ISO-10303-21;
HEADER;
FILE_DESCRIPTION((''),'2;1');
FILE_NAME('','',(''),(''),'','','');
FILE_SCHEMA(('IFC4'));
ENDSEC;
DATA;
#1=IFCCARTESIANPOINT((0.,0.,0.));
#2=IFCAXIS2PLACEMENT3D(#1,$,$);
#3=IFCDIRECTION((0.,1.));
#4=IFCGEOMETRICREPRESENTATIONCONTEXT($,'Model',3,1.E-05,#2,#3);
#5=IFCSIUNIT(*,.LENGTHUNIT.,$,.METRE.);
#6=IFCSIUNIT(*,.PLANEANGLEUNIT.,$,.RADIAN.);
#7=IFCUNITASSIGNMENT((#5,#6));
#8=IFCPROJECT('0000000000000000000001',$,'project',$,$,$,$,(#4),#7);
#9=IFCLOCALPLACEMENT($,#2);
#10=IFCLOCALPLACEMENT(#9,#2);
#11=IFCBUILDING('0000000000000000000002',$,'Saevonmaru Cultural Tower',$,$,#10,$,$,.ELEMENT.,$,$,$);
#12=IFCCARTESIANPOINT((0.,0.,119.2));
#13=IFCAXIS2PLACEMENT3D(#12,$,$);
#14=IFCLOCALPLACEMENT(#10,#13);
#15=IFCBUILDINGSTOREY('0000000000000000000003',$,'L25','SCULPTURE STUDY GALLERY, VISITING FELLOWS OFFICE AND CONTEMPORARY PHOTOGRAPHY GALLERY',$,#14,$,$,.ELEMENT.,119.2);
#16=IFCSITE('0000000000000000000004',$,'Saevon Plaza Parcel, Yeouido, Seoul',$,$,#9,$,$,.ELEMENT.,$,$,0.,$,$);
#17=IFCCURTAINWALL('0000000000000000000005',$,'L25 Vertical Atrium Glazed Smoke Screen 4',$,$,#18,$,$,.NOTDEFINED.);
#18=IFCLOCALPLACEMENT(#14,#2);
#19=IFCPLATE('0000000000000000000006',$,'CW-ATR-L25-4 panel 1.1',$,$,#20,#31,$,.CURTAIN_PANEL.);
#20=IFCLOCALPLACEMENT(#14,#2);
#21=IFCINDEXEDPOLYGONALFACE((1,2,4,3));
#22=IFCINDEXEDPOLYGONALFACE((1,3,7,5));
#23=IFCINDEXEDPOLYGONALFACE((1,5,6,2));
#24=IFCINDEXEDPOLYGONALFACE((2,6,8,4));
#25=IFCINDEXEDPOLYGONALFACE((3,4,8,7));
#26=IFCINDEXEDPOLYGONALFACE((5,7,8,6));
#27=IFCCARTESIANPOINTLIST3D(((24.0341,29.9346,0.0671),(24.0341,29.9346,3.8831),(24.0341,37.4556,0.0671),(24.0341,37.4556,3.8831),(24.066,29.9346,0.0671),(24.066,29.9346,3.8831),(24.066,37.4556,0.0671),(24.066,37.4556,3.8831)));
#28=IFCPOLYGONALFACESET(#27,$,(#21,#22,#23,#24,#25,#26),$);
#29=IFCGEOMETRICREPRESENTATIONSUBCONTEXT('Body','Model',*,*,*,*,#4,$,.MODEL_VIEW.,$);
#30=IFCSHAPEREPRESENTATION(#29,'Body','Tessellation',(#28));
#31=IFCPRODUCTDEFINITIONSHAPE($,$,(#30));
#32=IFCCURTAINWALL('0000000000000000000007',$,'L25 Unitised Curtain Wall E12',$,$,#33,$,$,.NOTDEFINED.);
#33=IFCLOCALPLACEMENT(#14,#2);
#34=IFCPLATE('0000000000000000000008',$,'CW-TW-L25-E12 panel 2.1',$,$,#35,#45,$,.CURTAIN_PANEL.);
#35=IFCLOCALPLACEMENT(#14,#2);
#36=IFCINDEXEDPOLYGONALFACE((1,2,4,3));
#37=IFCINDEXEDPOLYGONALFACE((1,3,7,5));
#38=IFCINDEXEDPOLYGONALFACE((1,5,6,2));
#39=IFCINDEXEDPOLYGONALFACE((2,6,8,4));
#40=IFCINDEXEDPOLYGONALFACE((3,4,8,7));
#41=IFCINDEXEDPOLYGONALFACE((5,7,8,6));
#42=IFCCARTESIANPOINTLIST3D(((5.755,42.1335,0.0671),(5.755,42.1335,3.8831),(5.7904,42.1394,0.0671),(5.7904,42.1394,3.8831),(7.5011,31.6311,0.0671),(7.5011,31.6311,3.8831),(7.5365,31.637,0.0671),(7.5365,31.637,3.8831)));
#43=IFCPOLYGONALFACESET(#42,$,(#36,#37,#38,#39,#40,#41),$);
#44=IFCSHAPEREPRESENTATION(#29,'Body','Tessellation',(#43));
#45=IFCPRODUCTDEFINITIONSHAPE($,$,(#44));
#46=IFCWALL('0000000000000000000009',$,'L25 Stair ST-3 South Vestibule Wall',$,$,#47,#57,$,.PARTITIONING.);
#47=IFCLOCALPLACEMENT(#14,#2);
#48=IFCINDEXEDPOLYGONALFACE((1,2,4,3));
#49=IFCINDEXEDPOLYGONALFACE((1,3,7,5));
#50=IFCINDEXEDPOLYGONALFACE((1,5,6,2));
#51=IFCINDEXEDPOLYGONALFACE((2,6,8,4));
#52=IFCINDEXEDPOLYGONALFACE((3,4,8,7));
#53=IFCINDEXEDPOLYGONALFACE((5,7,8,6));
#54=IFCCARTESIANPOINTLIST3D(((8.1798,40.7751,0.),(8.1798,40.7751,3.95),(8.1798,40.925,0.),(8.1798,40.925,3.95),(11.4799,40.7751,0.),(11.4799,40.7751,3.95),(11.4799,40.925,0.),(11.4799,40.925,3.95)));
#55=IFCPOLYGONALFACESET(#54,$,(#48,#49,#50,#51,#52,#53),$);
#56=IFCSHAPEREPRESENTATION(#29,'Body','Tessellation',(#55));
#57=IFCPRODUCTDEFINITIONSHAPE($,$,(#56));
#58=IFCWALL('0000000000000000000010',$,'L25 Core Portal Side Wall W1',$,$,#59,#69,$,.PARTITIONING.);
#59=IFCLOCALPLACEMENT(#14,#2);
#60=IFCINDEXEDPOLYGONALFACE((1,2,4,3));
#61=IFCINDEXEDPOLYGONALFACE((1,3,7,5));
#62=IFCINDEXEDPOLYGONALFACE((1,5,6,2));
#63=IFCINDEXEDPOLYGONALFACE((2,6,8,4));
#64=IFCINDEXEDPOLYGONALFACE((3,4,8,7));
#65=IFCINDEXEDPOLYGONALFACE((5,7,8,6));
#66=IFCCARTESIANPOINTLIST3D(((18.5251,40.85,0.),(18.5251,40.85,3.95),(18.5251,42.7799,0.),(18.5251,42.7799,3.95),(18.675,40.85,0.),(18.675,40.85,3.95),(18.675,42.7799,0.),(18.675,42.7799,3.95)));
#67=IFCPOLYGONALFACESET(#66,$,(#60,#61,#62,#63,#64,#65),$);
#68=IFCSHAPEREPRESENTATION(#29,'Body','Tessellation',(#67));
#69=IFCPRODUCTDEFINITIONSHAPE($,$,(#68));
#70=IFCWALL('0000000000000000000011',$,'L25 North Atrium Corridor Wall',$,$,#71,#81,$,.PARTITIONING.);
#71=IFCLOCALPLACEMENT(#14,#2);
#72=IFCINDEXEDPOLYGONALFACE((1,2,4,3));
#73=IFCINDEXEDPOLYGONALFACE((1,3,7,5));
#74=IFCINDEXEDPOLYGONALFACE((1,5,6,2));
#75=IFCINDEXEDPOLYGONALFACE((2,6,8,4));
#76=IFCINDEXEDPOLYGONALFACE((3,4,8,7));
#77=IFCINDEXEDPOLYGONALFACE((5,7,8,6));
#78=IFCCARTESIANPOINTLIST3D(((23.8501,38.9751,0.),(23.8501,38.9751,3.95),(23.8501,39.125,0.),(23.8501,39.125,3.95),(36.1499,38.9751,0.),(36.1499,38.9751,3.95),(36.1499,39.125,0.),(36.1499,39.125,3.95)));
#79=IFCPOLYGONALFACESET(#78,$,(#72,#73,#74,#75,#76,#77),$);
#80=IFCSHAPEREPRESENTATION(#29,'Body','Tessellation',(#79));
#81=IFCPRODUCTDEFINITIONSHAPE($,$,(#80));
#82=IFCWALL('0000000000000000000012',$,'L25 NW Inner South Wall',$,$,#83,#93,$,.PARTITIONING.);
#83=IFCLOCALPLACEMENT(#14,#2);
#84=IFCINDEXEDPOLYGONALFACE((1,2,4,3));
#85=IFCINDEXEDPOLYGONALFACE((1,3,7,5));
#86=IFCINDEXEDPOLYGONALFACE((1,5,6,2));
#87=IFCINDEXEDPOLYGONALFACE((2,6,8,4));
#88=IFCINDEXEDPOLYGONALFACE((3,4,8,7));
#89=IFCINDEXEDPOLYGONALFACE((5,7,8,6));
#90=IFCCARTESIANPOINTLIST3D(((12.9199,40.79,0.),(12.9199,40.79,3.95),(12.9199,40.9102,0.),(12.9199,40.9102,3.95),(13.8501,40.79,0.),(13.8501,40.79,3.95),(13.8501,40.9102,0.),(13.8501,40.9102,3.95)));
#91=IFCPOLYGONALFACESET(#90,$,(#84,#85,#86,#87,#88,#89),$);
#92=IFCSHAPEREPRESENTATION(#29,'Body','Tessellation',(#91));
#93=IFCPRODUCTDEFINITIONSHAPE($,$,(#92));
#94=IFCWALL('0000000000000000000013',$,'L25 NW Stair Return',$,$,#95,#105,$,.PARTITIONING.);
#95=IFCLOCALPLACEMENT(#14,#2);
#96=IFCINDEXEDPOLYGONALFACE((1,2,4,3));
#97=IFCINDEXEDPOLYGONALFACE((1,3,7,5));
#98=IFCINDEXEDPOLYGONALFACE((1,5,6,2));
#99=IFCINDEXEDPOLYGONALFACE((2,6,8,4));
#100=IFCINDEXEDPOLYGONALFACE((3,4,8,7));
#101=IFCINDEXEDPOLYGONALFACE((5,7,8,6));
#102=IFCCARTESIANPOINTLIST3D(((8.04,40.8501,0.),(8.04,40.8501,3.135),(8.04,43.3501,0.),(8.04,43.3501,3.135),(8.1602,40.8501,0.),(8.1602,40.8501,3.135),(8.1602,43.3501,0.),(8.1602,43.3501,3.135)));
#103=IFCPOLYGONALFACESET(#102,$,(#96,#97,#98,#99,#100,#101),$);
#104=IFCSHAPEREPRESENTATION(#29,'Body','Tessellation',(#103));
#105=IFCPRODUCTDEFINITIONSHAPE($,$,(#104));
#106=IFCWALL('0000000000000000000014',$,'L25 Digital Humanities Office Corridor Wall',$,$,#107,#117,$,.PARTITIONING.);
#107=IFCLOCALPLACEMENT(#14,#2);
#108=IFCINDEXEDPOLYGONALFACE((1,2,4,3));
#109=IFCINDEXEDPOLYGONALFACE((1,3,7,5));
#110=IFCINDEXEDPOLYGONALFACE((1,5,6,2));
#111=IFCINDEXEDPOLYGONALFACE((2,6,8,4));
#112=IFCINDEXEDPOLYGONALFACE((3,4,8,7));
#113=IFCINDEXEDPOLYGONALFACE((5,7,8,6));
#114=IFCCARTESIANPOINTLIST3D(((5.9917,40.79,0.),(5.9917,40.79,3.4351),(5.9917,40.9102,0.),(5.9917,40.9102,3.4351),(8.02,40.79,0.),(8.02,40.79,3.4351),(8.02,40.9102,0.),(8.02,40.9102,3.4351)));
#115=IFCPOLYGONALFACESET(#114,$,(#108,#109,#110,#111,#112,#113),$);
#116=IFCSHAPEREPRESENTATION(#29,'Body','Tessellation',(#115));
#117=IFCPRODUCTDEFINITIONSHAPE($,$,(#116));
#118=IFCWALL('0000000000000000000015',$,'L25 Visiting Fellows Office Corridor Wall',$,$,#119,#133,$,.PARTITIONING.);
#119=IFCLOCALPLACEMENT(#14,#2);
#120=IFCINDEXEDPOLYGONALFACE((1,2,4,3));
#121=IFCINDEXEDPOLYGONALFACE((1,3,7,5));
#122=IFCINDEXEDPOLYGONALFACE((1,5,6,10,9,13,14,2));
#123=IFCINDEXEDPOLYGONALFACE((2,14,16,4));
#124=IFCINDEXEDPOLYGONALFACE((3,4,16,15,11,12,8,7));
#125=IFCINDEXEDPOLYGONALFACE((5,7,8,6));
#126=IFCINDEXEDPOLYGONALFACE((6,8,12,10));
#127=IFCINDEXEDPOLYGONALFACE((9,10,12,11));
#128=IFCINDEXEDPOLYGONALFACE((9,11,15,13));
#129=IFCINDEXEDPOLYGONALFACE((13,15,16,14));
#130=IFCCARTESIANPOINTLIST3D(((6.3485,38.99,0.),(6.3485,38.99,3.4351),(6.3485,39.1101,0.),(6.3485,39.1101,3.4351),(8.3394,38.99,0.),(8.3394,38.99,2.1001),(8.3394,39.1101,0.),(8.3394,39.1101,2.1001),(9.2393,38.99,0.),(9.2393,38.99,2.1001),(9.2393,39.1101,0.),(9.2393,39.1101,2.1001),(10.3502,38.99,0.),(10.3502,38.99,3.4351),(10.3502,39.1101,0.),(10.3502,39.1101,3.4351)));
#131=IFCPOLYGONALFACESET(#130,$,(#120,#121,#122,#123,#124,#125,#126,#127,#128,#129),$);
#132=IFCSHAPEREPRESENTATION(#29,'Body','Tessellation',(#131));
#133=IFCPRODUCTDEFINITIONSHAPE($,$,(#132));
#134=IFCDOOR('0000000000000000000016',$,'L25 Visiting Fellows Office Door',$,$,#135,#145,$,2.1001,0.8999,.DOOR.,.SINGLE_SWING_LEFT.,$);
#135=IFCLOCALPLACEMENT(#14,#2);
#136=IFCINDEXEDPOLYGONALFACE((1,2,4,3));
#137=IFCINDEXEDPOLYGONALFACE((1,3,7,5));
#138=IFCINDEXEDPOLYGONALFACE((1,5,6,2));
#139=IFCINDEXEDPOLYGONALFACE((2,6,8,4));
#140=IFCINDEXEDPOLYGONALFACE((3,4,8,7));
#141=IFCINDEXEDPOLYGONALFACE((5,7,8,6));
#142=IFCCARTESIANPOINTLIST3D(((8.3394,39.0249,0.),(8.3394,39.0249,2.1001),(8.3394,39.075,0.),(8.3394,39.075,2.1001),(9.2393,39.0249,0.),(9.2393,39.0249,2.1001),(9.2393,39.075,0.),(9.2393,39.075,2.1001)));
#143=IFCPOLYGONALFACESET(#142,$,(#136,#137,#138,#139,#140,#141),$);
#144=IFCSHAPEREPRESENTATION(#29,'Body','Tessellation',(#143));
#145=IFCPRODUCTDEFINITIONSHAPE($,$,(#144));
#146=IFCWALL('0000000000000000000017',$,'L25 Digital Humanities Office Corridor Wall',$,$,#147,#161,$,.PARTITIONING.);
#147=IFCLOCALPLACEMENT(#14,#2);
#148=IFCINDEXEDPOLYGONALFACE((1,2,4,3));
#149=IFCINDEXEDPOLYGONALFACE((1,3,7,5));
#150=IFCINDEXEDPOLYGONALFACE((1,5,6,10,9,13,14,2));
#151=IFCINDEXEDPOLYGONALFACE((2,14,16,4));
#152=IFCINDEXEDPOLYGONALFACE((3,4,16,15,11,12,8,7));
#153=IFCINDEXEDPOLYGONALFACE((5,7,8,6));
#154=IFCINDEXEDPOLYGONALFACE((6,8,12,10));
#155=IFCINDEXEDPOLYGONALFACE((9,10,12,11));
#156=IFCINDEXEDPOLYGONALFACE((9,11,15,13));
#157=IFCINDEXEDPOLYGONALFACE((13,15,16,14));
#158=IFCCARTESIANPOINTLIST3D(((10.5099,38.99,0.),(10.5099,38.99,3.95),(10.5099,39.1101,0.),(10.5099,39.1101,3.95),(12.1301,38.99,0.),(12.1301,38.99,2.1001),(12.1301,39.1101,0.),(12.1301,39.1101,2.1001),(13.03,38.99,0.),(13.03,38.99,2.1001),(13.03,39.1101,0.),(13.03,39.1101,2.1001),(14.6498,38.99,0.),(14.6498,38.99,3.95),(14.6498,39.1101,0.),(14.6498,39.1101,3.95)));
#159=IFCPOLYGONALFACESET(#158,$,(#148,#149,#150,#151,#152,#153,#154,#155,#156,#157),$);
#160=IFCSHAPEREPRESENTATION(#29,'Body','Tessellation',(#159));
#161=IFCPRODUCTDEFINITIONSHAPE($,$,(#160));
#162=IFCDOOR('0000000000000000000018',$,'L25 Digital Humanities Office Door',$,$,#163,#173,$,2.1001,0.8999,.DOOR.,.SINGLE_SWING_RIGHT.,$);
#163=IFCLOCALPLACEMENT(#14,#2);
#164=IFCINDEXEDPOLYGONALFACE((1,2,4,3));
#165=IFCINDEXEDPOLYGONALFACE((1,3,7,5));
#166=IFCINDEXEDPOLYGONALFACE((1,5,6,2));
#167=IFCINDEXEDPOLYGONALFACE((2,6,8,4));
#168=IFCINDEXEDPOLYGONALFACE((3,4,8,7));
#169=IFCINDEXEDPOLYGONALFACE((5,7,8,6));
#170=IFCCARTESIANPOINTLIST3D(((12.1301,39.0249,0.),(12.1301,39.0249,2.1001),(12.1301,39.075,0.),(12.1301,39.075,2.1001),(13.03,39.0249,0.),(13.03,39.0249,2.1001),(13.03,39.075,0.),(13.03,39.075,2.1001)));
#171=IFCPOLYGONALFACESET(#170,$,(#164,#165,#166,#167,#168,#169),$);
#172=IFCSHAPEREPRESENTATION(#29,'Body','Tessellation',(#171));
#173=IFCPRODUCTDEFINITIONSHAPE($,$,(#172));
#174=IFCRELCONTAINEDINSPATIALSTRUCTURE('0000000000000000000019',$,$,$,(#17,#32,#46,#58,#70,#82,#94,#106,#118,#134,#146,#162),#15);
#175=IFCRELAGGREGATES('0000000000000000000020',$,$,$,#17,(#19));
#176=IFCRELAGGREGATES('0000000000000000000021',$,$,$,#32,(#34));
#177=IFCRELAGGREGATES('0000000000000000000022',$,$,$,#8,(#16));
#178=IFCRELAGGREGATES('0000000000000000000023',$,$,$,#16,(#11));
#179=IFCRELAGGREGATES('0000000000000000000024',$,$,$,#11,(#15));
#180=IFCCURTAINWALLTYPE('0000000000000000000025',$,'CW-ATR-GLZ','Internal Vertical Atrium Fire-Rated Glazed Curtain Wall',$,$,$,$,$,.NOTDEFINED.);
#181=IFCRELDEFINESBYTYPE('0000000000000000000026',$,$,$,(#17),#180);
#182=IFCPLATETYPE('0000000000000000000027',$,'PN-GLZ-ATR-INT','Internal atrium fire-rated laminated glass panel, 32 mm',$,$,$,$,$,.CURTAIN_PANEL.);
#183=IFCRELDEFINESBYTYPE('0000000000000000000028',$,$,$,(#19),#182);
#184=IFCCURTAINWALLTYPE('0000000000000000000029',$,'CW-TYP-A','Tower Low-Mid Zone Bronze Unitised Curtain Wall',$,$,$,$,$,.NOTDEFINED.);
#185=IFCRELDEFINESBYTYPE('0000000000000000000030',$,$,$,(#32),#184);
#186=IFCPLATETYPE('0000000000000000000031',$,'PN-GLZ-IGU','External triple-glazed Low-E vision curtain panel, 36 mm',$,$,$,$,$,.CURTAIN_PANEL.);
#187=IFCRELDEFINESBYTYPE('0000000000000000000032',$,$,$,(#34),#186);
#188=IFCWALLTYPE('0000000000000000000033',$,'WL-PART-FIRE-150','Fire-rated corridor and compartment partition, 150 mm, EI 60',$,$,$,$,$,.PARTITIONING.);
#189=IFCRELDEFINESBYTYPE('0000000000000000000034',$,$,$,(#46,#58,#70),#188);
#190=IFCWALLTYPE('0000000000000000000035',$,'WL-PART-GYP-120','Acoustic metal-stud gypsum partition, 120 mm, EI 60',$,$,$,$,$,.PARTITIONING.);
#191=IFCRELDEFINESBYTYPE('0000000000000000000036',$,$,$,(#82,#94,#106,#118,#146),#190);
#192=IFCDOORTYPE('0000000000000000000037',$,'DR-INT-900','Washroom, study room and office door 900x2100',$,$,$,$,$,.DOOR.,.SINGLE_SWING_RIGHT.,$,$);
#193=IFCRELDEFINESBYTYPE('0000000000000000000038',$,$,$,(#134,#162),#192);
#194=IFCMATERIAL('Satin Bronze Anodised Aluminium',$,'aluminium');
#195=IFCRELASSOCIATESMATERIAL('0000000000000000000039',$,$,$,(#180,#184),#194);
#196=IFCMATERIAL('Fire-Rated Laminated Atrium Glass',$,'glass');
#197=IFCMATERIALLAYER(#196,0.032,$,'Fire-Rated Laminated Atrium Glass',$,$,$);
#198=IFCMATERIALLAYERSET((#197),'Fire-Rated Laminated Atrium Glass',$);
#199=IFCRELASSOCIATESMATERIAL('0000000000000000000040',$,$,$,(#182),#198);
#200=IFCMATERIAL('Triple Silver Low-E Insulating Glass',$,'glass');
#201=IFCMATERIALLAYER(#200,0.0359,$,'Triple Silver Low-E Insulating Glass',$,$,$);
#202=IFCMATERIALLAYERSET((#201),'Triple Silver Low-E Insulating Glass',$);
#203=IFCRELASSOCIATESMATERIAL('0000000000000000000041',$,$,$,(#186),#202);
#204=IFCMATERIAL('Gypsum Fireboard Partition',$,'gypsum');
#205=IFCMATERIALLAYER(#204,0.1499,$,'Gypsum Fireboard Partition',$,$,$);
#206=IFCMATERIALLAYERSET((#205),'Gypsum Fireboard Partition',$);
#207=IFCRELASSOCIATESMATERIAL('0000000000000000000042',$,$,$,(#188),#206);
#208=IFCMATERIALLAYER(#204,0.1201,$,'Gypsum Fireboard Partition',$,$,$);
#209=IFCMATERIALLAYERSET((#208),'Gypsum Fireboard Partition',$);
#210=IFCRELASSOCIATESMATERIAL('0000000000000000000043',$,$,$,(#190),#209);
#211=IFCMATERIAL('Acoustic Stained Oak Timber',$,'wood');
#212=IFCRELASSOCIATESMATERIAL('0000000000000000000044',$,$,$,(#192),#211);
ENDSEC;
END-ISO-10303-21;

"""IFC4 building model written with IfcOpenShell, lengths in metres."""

from ifc_helpers import new_model, si_unit, direction, frame, frame_2d, origin, origin_2d, place, context, subcontext, project, spatial, rectangle, extrude, material, layer, layer_set, type_object, element, fill, aggregate, save


model = new_model("IFC4")

# Units and contexts
model_context = context("Model", 3, precision=1e-05, world=origin(), true_north=direction((0.0, 1.0)))
body_context = subcontext(model_context, "Body", "Model", "MODEL_VIEW")
ifc_project = project(units=[si_unit("LENGTHUNIT", "METRE"), si_unit("PLANEANGLEUNIT", "RADIAN")], contexts=[model_context])

# Site, building, storey
site_placement = place(None, origin())
site = spatial("IfcSite", under=ifc_project, at=site_placement, Name="Saevon Plaza Parcel, Yeouido, Seoul", CompositionType="ELEMENT", RefElevation=0.0)
building_placement = place(site_placement, origin())
building = spatial("IfcBuilding", under=site, at=building_placement, Name="Saevonmaru Cultural Tower", CompositionType="ELEMENT")
storey_placement = place(building_placement, frame((0.0, 0.0, 119.2)))
storey = spatial("IfcBuildingStorey", under=building, at=storey_placement, Name="L25", Description="SCULPTURE STUDY GALLERY, VISITING FELLOWS OFFICE AND CONTEMPORARY PHOTOGRAPHY GALLERY", CompositionType="ELEMENT", Elevation=119.2)

# Curtain walls, plates
ifc_material_1 = material(Name="Satin Bronze Anodised Aluminium", Category="aluminium")
curtain_wall_type_1 = type_object("IfcCurtainWallType", Name="CW-ATR-GLZ", Description="Internal Vertical Atrium Fire-Rated Glazed Curtain Wall", PredefinedType="NOTDEFINED", material=ifc_material_1)
curtain_wall_1_placement = place(storey_placement, origin())
curtain_wall_1 = element("IfcCurtainWall", 1, at=curtain_wall_1_placement, inside=storey, type_object=curtain_wall_type_1, Name="L25 Vertical Atrium Glazed Smoke Screen 4", PredefinedType="NOTDEFINED")
ifc_material_2 = material(Name="Fire-Rated Laminated Atrium Glass", Category="glass")
ifc_layer_1 = layer(ifc_material_2, 0.032, Name="Fire-Rated Laminated Atrium Glass")
ifc_layer_set_1 = layer_set([ifc_layer_1], Name="Fire-Rated Laminated Atrium Glass")
plate_type_1 = type_object("IfcPlateType", Name="PN-GLZ-ATR-INT", Description="Internal atrium fire-rated laminated glass panel, 32 mm", PredefinedType="CURTAIN_PANEL", material=ifc_layer_set_1)
plate_1_placement = place(storey_placement, frame((24.05, 33.6951, 0.0671), z_axis=(0.0, 0.0, 1.0), x_axis=(0.0, -1.0, 0.0)))
plate_1 = element("IfcPlate", 2, at=plate_1_placement, type_object=plate_type_1, Name="CW-ATR-L25-4 panel 1.1", PredefinedType="CURTAIN_PANEL", context=body_context, shape_type="SweptSolid", body=[
    extrude(rectangle(XDim=7.521, YDim=0.032, at=origin_2d()), origin(), (0.0, 0.0, 1.0), 3.8159),
])
aggregate(curtain_wall_1, [plate_1])
curtain_wall_type_2 = type_object("IfcCurtainWallType", Name="CW-TYP-A", Description="Tower Low-Mid Zone Bronze Unitised Curtain Wall", PredefinedType="NOTDEFINED", material=ifc_material_1)
curtain_wall_2_placement = place(storey_placement, origin())
curtain_wall_2 = element("IfcCurtainWall", 3, at=curtain_wall_2_placement, inside=storey, type_object=curtain_wall_type_2, Name="L25 Unitised Curtain Wall E12", PredefinedType="NOTDEFINED")
ifc_material_3 = material(Name="Triple Silver Low-E Insulating Glass", Category="glass")
ifc_layer_2 = layer(ifc_material_3, 0.0359, Name="Triple Silver Low-E Insulating Glass")
ifc_layer_set_2 = layer_set([ifc_layer_2], Name="Triple Silver Low-E Insulating Glass")
plate_type_2 = type_object("IfcPlateType", Name="PN-GLZ-IGU", Description="External triple-glazed Low-E vision curtain panel, 36 mm", PredefinedType="CURTAIN_PANEL", material=ifc_layer_set_2)
plate_2_placement = place(storey_placement, frame((6.6458, 36.8853, 0.0671), z_axis=(0.0, 0.0, 1.0), x_axis=(0.163999, -0.986461, 0.0)))
plate_2 = element("IfcPlate", 4, at=plate_2_placement, type_object=plate_type_2, Name="CW-TW-L25-E12 panel 2.1", PredefinedType="CURTAIN_PANEL", context=body_context, shape_type="SweptSolid", body=[
    extrude(rectangle(XDim=10.6465, YDim=0.0359, at=origin_2d()), origin(), (0.0, 0.0, 1.0), 3.8159),
])
aggregate(curtain_wall_2, [plate_2])

# Walls
ifc_material_4 = material(Name="Gypsum Fireboard Partition", Category="gypsum")
ifc_layer_3 = layer(ifc_material_4, 0.1499, Name="Gypsum Fireboard Partition")
ifc_layer_set_3 = layer_set([ifc_layer_3], Name="Gypsum Fireboard Partition")
wall_type_1 = type_object("IfcWallType", Name="WL-PART-FIRE-150", Description="Fire-rated corridor and compartment partition, 150 mm, EI 60", PredefinedType="PARTITIONING", material=ifc_layer_set_3)
wall_1_placement = place(storey_placement, frame((8.1799, 40.8501, 0.0), z_axis=(0.0, 0.0, 1.0), x_axis=(1.0, 0.0, 0.0)))
element("IfcWall", 5, at=wall_1_placement, inside=storey, type_object=wall_type_1, Name="L25 Stair ST-3 South Vestibule Wall", PredefinedType="PARTITIONING", context=body_context, shape_type="SweptSolid", body=[
    extrude(rectangle(XDim=3.3, YDim=0.1499, at=frame_2d((1.6499, 0.0))), origin(), (0.0, 0.0, 1.0), 3.95),
])
wall_2_placement = place(storey_placement, frame((18.6001, 40.8501, 0.0), z_axis=(0.0, 0.0, 1.0), x_axis=(0.0, 1.0, 0.0)))
element("IfcWall", 6, at=wall_2_placement, inside=storey, type_object=wall_type_1, Name="L25 Core Portal Side Wall W1", PredefinedType="PARTITIONING", context=body_context, shape_type="SweptSolid", body=[
    extrude(rectangle(XDim=1.9299, YDim=0.1499, at=frame_2d((0.9648, 0.0))), origin(), (0.0, 0.0, 1.0), 3.95),
])

# Walls
wall_3_placement = place(storey_placement, frame((23.8501, 39.05, 0.0), z_axis=(0.0, 0.0, 1.0), x_axis=(1.0, 0.0, 0.0)))
element("IfcWall", 7, at=wall_3_placement, inside=storey, type_object=wall_type_1, Name="L25 North Atrium Corridor Wall", PredefinedType="PARTITIONING", context=body_context, shape_type="SweptSolid", body=[
    extrude(rectangle(XDim=12.2998, YDim=0.1499, at=frame_2d((6.1499, 0.0))), origin(), (0.0, 0.0, 1.0), 3.95),
])
ifc_layer_4 = layer(ifc_material_4, 0.1201, Name="Gypsum Fireboard Partition")
ifc_layer_set_4 = layer_set([ifc_layer_4], Name="Gypsum Fireboard Partition")
wall_type_2 = type_object("IfcWallType", Name="WL-PART-GYP-120", Description="Acoustic metal-stud gypsum partition, 120 mm, EI 60", PredefinedType="PARTITIONING", material=ifc_layer_set_4)
wall_4_placement = place(storey_placement, frame((12.9199, 40.8501, 0.0), z_axis=(0.0, 0.0, 1.0), x_axis=(1.0, 0.0, 0.0)))
element("IfcWall", 8, at=wall_4_placement, inside=storey, type_object=wall_type_2, Name="L25 NW Inner South Wall", PredefinedType="PARTITIONING", context=body_context, shape_type="SweptSolid", body=[
    extrude(rectangle(XDim=0.9302, YDim=0.1201, at=frame_2d((0.4651, 0.0))), origin(), (0.0, 0.0, 1.0), 3.95),
])
wall_5_placement = place(storey_placement, frame((8.1001, 40.8501, 0.0), z_axis=(0.0, 0.0, 1.0), x_axis=(0.0, 1.0, 0.0)))
element("IfcWall", 9, at=wall_5_placement, inside=storey, type_object=wall_type_2, Name="L25 NW Stair Return", PredefinedType="PARTITIONING", context=body_context, shape_type="SweptSolid", body=[
    extrude(rectangle(XDim=2.5, YDim=0.1201, at=frame_2d((1.25, 0.0))), origin(), (0.0, 0.0, 1.0), 3.135),
])
wall_6_placement = place(storey_placement, frame((5.9917, 40.8501, 0.0), z_axis=(0.0, 0.0, 1.0), x_axis=(1.0, 0.0, 0.0)))
element("IfcWall", 10, at=wall_6_placement, inside=storey, type_object=wall_type_2, Name="L25 Digital Humanities Office Corridor Wall", PredefinedType="PARTITIONING", context=body_context, shape_type="SweptSolid", body=[
    extrude(rectangle(XDim=2.0283, YDim=0.1201, at=frame_2d((1.0142, 0.0))), origin(), (0.0, 0.0, 1.0), 3.4351),
])

# Walls, openings, doors
wall_7_placement = place(storey_placement, frame((6.3484, 39.05, 0.0), z_axis=(0.0, 0.0, 1.0), x_axis=(1.0, 0.0, 0.0)))
wall_7 = element("IfcWall", 11, at=wall_7_placement, inside=storey, type_object=wall_type_2, Name="L25 Visiting Fellows Office Corridor Wall", PredefinedType="PARTITIONING", context=body_context, shape_type="SweptSolid", body=[
    extrude(rectangle(XDim=4.0017, YDim=0.1201, at=frame_2d((2.001, 0.0))), origin(), (0.0, 0.0, 1.0), 3.4351),
])
opening_1_placement = place(wall_7_placement, frame((1.991, 0.0, 0.0)))
opening_1 = element("IfcOpeningElement", 12, at=opening_1_placement, cuts=wall_7, PredefinedType="OPENING", context=body_context, shape_type="SweptSolid", body=[
    extrude(rectangle(XDim=0.8999, YDim=2.1001, at=frame_2d((0.45, 1.05))), frame((0.0, 0.0701, 0.0), z_axis=(0.0, -1.0, 0.0), x_axis=(1.0, 0.0, 0.0)), (0.0, 0.0, 1.0), 0.1401),
])
ifc_material_5 = material(Name="Acoustic Stained Oak Timber", Category="wood")
door_type_1 = type_object("IfcDoorType", Name="DR-INT-900", Description="Washroom, study room and office door 900x2100", OperationType="SINGLE_SWING_RIGHT", PredefinedType="DOOR", material=ifc_material_5)
door_1_placement = place(opening_1_placement, origin())
door_1 = element("IfcDoor", 13, at=door_1_placement, inside=storey, type_object=door_type_1, Name="L25 Visiting Fellows Office Door", OperationType="SINGLE_SWING_LEFT", OverallHeight=2.1001, OverallWidth=0.8999, PredefinedType="DOOR", context=body_context, shape_type="SweptSolid", body=[
    extrude(rectangle(XDim=0.8999, YDim=2.1001, at=frame_2d((0.45, 1.05))), frame((0.0, 0.0249, 0.0), z_axis=(0.0, -1.0, 0.0), x_axis=(1.0, 0.0, 0.0)), (0.0, 0.0, 1.0), 0.05),
])
fill(opening_1, door_1)
wall_8_placement = place(storey_placement, frame((10.51, 39.05, 0.0), z_axis=(0.0, 0.0, 1.0), x_axis=(1.0, 0.0, 0.0)))
wall_8 = element("IfcWall", 14, at=wall_8_placement, inside=storey, type_object=wall_type_2, Name="L25 Digital Humanities Office Corridor Wall", PredefinedType="PARTITIONING", context=body_context, shape_type="SweptSolid", body=[
    extrude(rectangle(XDim=4.1399, YDim=0.1201, at=frame_2d((2.0698, 0.0))), origin(), (0.0, 0.0, 1.0), 3.95),
])
opening_2_placement = place(wall_8_placement, frame((1.6201, 0.0, 0.0)))
opening_2 = element("IfcOpeningElement", 15, at=opening_2_placement, cuts=wall_8, PredefinedType="OPENING", context=body_context, shape_type="SweptSolid", body=[
    extrude(rectangle(XDim=0.8999, YDim=2.1001, at=frame_2d((0.45, 1.05))), frame((0.0, 0.0701, 0.0), z_axis=(0.0, -1.0, 0.0), x_axis=(1.0, 0.0, 0.0)), (0.0, 0.0, 1.0), 0.1401),
])
door_2_placement = place(opening_2_placement, origin())
door_2 = element("IfcDoor", 16, at=door_2_placement, inside=storey, type_object=door_type_1, Name="L25 Digital Humanities Office Door", OperationType="SINGLE_SWING_RIGHT", OverallHeight=2.1001, OverallWidth=0.8999, PredefinedType="DOOR", context=body_context, shape_type="SweptSolid", body=[
    extrude(rectangle(XDim=0.8999, YDim=2.1001, at=frame_2d((0.45, 1.05))), frame((0.0, 0.0249, 0.0), z_axis=(0.0, -1.0, 0.0), x_axis=(1.0, 0.0, 0.0)), (0.0, 0.0, 1.0), 0.05),
])
fill(opening_2, door_2)

save(model, "model.ifc")
